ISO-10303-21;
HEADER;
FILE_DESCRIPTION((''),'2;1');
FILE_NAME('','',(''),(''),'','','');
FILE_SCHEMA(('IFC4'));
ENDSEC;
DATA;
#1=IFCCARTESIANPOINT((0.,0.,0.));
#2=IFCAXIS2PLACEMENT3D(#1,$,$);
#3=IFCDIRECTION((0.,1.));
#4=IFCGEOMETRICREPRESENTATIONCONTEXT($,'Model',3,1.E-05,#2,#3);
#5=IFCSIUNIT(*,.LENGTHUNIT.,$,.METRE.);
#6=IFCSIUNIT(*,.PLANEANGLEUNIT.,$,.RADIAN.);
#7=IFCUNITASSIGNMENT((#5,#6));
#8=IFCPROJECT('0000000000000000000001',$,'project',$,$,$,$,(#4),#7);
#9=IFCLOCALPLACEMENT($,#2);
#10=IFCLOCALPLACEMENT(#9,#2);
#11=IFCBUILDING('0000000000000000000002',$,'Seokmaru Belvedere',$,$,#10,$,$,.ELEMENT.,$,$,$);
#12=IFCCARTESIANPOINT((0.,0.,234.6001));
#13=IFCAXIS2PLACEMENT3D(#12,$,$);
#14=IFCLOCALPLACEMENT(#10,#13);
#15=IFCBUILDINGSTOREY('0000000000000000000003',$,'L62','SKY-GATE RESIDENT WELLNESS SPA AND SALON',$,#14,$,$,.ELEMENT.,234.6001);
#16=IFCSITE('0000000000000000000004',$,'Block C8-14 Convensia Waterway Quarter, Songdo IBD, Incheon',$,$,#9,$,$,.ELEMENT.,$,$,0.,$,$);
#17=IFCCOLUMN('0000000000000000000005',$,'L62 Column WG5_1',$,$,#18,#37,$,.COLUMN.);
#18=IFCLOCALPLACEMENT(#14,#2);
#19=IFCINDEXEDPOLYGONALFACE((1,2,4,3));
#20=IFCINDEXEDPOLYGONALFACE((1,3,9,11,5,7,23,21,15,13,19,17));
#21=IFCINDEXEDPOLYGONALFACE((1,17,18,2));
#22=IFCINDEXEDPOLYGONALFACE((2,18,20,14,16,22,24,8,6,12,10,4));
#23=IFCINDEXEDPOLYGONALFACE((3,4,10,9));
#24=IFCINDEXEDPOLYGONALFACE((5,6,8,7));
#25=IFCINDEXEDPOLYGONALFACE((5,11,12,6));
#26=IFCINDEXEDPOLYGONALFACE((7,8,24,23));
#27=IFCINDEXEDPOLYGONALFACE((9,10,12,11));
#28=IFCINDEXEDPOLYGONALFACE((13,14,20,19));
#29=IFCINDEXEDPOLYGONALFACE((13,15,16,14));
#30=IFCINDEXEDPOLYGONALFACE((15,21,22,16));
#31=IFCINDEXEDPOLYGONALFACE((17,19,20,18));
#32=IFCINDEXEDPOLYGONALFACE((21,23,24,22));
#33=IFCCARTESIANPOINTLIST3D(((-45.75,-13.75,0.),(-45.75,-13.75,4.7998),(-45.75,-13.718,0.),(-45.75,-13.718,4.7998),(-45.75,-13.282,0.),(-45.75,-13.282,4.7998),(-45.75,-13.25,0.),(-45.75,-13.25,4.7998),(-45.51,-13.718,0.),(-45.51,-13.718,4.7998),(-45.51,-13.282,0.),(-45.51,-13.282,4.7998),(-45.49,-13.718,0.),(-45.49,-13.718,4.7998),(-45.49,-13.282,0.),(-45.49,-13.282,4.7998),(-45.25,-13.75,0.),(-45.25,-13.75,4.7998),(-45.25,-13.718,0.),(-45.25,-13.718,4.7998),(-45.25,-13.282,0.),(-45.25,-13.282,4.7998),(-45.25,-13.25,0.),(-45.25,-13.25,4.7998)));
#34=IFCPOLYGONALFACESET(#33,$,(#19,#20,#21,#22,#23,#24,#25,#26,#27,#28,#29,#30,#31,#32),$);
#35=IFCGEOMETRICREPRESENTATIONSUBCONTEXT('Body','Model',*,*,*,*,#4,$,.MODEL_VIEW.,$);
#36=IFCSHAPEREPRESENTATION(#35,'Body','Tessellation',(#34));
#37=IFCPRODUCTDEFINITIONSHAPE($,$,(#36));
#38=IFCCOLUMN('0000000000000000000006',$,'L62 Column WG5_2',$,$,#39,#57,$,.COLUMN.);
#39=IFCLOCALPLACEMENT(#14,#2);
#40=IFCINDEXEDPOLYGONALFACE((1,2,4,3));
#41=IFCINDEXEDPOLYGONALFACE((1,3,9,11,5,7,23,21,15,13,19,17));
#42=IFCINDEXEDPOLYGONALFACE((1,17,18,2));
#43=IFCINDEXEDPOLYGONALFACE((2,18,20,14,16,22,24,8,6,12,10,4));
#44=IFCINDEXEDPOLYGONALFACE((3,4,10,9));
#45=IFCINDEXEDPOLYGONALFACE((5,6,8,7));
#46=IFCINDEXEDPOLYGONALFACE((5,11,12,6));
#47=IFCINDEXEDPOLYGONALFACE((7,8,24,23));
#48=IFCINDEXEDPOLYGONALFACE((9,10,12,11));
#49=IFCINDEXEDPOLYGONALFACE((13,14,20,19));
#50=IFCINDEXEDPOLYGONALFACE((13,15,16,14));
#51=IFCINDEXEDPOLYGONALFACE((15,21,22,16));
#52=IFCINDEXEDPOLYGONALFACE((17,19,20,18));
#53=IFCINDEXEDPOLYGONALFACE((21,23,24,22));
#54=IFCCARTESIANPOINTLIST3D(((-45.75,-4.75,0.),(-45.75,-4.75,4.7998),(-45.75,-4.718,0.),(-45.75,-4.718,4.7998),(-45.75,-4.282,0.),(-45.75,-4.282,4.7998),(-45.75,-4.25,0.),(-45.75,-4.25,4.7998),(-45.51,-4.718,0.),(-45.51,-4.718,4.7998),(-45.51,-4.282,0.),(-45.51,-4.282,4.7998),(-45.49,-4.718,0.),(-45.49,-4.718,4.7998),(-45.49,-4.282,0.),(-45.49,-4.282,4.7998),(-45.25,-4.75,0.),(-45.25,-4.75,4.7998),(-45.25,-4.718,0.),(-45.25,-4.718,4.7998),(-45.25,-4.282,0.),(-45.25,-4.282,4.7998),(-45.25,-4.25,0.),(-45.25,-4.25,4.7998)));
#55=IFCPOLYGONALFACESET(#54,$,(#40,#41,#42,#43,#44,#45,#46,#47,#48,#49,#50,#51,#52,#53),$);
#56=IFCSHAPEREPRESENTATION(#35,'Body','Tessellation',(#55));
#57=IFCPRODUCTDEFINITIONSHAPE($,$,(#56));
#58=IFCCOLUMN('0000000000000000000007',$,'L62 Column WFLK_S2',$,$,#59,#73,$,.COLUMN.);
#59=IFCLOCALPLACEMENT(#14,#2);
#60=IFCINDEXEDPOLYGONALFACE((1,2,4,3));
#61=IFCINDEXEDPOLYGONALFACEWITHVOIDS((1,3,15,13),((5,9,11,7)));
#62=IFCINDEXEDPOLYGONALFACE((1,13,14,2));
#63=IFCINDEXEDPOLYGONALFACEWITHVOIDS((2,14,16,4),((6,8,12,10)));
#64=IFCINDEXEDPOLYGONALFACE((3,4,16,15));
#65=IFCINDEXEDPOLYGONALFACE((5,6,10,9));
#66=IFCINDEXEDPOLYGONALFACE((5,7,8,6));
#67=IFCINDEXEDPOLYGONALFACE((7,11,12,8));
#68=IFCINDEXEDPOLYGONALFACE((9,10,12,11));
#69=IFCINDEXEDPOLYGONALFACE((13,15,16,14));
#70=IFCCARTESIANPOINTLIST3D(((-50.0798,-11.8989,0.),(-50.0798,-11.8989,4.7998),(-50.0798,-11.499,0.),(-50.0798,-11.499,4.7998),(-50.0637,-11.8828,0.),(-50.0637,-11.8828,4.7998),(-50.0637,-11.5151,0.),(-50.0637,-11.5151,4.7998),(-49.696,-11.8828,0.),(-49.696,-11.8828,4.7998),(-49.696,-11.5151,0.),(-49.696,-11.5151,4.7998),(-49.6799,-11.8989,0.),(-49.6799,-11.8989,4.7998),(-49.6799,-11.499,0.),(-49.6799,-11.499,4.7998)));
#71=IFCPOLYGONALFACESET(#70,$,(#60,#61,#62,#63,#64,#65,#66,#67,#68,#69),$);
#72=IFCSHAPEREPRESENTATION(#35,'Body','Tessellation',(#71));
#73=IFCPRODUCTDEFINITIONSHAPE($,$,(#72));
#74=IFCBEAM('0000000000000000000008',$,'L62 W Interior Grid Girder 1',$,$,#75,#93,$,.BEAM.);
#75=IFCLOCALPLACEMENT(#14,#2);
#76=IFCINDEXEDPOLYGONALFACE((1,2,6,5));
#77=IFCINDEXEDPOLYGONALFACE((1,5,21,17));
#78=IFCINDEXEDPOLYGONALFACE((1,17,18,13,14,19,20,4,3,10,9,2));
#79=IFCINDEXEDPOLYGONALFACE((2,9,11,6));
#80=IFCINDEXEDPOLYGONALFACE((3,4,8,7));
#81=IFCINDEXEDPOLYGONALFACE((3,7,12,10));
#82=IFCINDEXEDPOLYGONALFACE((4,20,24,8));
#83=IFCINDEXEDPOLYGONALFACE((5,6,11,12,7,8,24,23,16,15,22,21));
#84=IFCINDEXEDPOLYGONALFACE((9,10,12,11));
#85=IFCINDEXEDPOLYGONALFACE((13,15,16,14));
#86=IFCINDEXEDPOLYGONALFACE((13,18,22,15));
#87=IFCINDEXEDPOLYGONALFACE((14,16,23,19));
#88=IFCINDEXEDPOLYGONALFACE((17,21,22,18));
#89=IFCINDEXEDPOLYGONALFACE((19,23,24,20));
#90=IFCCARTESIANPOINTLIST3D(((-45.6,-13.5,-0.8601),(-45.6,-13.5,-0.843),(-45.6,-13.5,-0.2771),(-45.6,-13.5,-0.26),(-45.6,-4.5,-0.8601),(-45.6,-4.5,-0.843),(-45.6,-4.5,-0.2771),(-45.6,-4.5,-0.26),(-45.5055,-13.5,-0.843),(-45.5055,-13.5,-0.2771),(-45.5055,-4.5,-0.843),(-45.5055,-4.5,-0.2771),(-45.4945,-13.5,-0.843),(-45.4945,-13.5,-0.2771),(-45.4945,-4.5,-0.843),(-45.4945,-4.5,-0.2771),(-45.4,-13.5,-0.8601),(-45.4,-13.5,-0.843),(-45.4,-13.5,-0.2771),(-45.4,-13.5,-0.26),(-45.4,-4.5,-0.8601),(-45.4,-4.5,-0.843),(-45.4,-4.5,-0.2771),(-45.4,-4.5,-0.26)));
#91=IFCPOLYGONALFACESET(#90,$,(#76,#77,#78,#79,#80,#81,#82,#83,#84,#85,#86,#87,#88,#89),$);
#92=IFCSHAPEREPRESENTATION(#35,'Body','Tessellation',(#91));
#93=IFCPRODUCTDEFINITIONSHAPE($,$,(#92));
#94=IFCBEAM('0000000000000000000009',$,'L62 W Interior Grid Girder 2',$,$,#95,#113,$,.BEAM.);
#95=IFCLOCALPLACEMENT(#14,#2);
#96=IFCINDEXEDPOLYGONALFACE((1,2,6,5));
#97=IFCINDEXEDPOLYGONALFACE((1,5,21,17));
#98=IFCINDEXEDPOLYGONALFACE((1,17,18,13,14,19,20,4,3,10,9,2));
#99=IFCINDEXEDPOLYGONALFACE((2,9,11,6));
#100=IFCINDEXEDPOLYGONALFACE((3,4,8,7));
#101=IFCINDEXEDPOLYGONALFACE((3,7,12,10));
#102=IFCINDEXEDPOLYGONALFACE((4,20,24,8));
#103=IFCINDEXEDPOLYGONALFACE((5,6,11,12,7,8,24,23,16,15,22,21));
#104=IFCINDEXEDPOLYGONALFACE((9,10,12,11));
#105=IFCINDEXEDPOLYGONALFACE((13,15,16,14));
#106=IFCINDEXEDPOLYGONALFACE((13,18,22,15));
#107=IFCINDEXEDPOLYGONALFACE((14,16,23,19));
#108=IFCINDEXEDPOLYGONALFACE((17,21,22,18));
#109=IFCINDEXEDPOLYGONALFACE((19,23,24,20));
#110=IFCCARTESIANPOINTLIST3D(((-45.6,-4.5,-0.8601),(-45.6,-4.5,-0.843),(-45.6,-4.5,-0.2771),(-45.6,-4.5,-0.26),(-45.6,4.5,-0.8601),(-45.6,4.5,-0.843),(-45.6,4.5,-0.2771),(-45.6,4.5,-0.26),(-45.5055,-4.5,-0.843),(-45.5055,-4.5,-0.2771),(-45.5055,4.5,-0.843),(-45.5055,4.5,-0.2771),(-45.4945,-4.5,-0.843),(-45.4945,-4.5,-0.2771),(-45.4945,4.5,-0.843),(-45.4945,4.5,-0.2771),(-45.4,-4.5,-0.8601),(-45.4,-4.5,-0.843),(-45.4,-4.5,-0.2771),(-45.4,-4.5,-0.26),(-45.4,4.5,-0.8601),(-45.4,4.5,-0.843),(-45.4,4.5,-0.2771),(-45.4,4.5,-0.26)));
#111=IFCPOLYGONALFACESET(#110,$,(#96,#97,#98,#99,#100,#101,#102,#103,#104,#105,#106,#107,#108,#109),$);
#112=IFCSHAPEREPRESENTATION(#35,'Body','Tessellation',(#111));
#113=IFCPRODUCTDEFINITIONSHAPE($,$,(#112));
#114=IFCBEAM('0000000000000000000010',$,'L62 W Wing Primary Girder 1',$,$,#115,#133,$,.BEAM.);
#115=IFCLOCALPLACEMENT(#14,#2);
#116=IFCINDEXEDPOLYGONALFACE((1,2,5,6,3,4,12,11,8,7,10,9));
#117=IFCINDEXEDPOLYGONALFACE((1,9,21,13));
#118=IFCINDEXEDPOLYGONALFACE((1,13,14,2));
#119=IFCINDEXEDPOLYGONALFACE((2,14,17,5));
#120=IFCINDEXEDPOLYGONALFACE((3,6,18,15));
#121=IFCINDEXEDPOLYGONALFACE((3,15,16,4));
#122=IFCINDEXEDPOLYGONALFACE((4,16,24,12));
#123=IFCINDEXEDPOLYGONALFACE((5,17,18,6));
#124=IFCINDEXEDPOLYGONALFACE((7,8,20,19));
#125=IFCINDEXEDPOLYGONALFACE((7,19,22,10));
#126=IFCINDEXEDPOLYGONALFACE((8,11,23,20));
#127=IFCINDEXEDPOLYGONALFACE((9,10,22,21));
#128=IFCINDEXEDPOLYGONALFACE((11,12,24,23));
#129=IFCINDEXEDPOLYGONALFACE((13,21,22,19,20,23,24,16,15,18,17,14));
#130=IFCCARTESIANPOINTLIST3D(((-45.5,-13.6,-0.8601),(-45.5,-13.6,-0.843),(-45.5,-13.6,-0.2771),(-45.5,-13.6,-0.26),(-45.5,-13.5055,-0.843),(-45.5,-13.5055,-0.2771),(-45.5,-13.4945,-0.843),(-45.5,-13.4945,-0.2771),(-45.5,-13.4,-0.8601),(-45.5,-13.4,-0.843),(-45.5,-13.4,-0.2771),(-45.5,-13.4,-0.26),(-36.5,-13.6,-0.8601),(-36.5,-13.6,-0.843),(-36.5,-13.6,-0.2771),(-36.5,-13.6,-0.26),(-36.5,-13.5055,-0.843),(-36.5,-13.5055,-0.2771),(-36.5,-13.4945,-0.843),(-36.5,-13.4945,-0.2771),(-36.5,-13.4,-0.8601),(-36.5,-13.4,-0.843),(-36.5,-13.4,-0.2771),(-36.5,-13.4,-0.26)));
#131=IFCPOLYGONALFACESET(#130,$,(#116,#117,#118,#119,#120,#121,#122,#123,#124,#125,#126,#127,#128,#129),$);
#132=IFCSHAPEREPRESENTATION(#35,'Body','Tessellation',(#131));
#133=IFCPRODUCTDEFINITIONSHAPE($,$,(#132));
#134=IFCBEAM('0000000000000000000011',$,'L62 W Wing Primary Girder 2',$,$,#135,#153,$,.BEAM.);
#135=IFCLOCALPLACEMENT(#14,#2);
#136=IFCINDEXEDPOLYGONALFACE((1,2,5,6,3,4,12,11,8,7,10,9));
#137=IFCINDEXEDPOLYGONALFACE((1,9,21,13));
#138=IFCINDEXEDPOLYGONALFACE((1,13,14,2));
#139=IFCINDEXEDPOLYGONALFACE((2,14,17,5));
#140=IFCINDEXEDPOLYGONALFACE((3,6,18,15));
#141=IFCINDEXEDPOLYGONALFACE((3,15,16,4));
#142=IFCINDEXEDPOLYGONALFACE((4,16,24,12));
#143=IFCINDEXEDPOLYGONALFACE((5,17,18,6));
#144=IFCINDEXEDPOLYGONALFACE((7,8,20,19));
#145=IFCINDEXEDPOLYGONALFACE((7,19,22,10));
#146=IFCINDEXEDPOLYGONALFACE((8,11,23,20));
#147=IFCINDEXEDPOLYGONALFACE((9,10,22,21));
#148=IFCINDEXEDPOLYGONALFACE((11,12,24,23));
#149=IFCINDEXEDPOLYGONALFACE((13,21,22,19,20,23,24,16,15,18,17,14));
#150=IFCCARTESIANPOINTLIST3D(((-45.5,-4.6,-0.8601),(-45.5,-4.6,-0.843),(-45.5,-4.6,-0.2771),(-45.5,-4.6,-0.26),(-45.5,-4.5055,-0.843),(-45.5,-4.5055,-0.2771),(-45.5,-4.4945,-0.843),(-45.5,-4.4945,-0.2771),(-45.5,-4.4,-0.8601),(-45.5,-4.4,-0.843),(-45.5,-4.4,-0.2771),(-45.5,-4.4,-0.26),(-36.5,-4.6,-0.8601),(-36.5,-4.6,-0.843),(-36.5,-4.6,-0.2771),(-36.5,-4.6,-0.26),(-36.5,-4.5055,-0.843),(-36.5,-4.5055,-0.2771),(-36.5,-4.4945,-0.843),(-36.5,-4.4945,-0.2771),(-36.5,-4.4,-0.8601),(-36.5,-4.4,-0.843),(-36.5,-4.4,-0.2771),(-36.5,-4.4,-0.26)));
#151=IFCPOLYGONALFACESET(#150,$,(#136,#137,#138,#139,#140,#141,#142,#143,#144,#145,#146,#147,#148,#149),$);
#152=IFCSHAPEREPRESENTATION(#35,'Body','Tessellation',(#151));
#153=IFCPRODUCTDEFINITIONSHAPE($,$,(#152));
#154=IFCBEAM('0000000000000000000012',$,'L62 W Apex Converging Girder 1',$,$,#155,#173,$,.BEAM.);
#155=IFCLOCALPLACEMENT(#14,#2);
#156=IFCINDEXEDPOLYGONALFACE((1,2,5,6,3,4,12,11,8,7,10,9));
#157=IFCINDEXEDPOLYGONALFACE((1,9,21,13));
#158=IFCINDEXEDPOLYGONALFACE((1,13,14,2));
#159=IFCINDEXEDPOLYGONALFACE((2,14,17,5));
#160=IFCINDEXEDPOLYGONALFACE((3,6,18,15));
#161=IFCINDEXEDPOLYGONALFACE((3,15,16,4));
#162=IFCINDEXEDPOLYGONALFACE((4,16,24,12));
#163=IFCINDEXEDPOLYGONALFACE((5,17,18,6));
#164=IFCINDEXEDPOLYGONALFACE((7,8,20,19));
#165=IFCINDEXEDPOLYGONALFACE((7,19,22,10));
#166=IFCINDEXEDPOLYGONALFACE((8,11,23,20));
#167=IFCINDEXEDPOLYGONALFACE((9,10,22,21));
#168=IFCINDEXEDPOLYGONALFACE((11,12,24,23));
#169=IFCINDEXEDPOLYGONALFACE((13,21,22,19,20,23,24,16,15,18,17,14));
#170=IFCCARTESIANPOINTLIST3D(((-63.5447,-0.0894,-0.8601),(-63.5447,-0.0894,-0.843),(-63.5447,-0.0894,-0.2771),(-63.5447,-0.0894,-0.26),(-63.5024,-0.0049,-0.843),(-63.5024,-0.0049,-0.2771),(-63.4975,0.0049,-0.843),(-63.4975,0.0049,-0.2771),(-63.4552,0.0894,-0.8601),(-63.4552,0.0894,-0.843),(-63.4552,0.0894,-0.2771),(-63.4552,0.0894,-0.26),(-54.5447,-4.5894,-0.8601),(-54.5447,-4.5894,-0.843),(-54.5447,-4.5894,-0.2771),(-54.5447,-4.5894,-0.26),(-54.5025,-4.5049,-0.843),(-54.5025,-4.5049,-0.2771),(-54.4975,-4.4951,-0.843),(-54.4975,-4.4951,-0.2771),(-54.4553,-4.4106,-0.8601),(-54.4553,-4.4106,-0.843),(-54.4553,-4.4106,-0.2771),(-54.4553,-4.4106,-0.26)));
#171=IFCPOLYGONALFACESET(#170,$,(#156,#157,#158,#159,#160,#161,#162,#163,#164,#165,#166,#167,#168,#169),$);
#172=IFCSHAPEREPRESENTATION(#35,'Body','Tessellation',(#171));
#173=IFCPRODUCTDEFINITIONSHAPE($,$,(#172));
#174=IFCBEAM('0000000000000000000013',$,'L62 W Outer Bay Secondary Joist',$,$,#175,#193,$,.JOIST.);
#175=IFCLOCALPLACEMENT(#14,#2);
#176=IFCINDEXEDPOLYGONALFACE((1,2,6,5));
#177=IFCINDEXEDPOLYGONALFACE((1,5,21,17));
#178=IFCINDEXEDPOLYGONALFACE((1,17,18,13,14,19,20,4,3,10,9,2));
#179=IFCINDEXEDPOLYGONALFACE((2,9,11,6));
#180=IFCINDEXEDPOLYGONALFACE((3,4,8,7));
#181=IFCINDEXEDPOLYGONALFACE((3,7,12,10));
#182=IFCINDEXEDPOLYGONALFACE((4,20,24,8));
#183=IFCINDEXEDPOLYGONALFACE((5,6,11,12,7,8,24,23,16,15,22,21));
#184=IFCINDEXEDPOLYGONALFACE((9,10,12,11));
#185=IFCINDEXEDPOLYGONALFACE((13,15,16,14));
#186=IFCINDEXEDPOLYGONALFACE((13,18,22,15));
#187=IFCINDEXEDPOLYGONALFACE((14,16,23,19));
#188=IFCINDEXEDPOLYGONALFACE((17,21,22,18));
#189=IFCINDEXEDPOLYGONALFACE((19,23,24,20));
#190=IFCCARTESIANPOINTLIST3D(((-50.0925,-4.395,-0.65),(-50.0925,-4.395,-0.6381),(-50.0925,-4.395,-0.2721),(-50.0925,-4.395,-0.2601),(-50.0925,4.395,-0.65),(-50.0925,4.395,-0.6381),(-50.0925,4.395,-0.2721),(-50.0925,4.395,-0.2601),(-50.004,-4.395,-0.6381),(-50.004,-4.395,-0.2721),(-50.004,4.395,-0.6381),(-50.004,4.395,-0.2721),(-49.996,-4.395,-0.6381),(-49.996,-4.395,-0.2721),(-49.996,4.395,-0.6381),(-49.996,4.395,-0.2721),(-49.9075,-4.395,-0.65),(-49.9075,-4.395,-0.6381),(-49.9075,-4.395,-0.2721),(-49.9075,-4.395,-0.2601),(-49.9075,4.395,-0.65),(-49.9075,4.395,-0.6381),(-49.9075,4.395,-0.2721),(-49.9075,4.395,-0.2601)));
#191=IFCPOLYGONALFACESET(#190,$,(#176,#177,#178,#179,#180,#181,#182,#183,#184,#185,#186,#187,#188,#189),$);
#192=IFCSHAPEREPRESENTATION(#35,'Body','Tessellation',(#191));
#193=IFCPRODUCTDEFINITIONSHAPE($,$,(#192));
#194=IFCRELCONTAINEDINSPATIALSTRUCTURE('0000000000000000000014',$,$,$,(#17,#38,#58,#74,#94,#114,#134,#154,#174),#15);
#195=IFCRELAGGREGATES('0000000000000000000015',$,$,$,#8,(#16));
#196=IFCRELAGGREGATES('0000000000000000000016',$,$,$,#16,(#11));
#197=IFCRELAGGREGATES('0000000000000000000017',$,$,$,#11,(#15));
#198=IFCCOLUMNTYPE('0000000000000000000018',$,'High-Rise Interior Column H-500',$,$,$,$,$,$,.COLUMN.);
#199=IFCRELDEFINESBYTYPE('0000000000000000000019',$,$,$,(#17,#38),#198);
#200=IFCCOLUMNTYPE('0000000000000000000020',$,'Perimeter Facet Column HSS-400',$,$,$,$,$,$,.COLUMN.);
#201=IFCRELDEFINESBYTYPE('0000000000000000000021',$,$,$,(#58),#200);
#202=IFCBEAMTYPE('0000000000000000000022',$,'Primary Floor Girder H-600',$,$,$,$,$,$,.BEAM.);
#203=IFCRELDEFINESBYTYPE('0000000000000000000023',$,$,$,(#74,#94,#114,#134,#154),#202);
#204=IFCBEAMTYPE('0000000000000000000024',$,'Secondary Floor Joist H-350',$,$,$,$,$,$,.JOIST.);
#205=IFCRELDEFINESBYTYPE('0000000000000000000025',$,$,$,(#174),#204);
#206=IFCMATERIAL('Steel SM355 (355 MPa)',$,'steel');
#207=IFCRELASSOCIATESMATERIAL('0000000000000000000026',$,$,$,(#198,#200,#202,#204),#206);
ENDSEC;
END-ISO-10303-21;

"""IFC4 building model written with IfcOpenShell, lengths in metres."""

from ifc_helpers import new_model, si_unit, direction, frame, origin, origin_2d, place, context, subcontext, project, spatial, hollow_rectangle, i_section, extrude, source, transform, mapped, material, material_profile, profile_set, type_object, type_shapes, element, save


model = new_model("IFC4")

# Units and contexts
model_context = context("Model", 3, precision=1e-05, world=origin(), true_north=direction((0.0, 1.0)))
body_context = subcontext(model_context, "Body", "Model", "MODEL_VIEW")
ifc_project = project(units=[si_unit("LENGTHUNIT", "METRE"), si_unit("PLANEANGLEUNIT", "RADIAN")], contexts=[model_context])

# Site, building, storey
site_placement = place(None, origin())
site = spatial("IfcSite", under=ifc_project, at=site_placement, Name="Block C8-14 Convensia Waterway Quarter, Songdo IBD, Incheon", CompositionType="ELEMENT", RefElevation=0.0)
building_placement = place(site_placement, origin())
building = spatial("IfcBuilding", under=site, at=building_placement, Name="Seokmaru Belvedere", CompositionType="ELEMENT")
storey_placement = place(building_placement, frame((0.0, 0.0, 234.6001)))
storey = spatial("IfcBuildingStorey", under=building, at=storey_placement, Name="L62", Description="SKY-GATE RESIDENT WELLNESS SPA AND SALON", CompositionType="ELEMENT", Elevation=234.6001)

# Columns
ifc_material_1 = material(Name="Steel SM355 (355 MPa)", Category="steel")
ifc_material_profile_1 = material_profile(ifc_material_1, i_section(OverallWidth=0.5, OverallDepth=0.5, WebThickness=0.02, FlangeThickness=0.032, at=origin_2d()), Name="H-500x500x20x32")
ifc_profile_set_1 = profile_set([ifc_material_profile_1], Name="Steel SM355 (355 MPa)")
column_type_1 = type_object("IfcColumnType", Name="High-Rise Interior Column H-500", PredefinedType="COLUMN", material=ifc_profile_set_1)
shared_shape_1 = source(origin(), body_context, "Body", "SweptSolid", [
    extrude(i_section(OverallWidth=0.5, OverallDepth=0.5, WebThickness=0.02, FlangeThickness=0.032, at=origin_2d()), origin(), (0.0, 0.0, 1.0), 4.7998),
])
type_shapes(column_type_1, [shared_shape_1])
for number, where, z_axis, x_axis, name in (
    (1, (-45.5, -13.5, 0.0), (0.0, 0.0, 1.0), (1.0, 0.0, 0.0), "L62 Column WG5_1"),
    (2, (-45.5, -4.5, 0.0), (0.0, 0.0, 1.0), (1.0, 0.0, 0.0), "L62 Column WG5_2"),
):
    element("IfcColumn", number, at=place(storey_placement, frame(where, z_axis=z_axis, x_axis=x_axis)), inside=storey, type_object=column_type_1, Name=name, PredefinedType="COLUMN", context=body_context, shape_type="MappedRepresentation", body=[
        mapped(shared_shape_1, transform((0.0, 0.0, 0.0), scale=1.0)),
    ])
ifc_material_profile_2 = material_profile(ifc_material_1, hollow_rectangle(XDim=0.3999, YDim=0.3999, WallThickness=0.0161, at=origin_2d()), Name="HSS-400x400x16")
ifc_profile_set_2 = profile_set([ifc_material_profile_2], Name="Steel SM355 (355 MPa)")
column_type_2 = type_object("IfcColumnType", Name="Perimeter Facet Column HSS-400", PredefinedType="COLUMN", material=ifc_profile_set_2)
shared_shape_2 = source(origin(), body_context, "Body", "SweptSolid", [
    extrude(hollow_rectangle(XDim=0.3999, YDim=0.3999, WallThickness=0.0161, at=origin_2d()), origin(), (0.0, 0.0, 1.0), 4.7998),
])
type_shapes(column_type_2, [shared_shape_2])
column_placement = place(storey_placement, frame((-49.8799, -11.699, 0.0), z_axis=(0.0, 0.0, 1.0), x_axis=(1.0, 0.0, 0.0)))
element("IfcColumn", 3, at=column_placement, inside=storey, type_object=column_type_2, Name="L62 Column WFLK_S2", PredefinedType="COLUMN", context=body_context, shape_type="MappedRepresentation", body=[
    mapped(shared_shape_2, transform((0.0, 0.0, 0.0), scale=1.0)),
])

# Beams
ifc_material_profile_3 = material_profile(ifc_material_1, i_section(OverallWidth=0.2, OverallDepth=0.6001, WebThickness=0.011, FlangeThickness=0.0171, at=origin_2d()), Name="H-600x200x11x17")
ifc_profile_set_3 = profile_set([ifc_material_profile_3], Name="Steel SM355 (355 MPa)")
beam_type_1 = type_object("IfcBeamType", Name="Primary Floor Girder H-600", PredefinedType="BEAM", material=ifc_profile_set_3)
shared_shape_3 = source(origin(), body_context, "Body", "SweptSolid", [
    extrude(i_section(OverallWidth=0.2, OverallDepth=0.6001, WebThickness=0.011, FlangeThickness=0.0171, at=origin_2d()), origin(), (0.0, 0.0, 1.0), 9.0),
])
for number, where, z_axis, x_axis, name in (
    (4, (-45.5, -13.5, -0.5601), (0.0, 1.0, 0.0), (-1.0, 0.0, 0.0), "L62 W Interior Grid Girder 1"),
    (5, (-45.5, -4.5, -0.5601), (0.0, 1.0, 0.0), (-1.0, 0.0, 0.0), "L62 W Interior Grid Girder 2"),
    (6, (-45.5, -13.5, -0.5601), (1.0, 0.0, 0.0), (0.0, 1.0, 0.0), "L62 W Wing Primary Girder 1"),
    (7, (-45.5, -4.5, -0.5601), (1.0, 0.0, 0.0), (0.0, 1.0, 0.0), "L62 W Wing Primary Girder 2"),
):
    element("IfcBeam", number, at=place(storey_placement, frame(where, z_axis=z_axis, x_axis=x_axis)), inside=storey, type_object=beam_type_1, Name=name, PredefinedType="BEAM", context=body_context, shape_type="MappedRepresentation", body=[
        mapped(shared_shape_3, transform((0.0, 0.0, 0.0), scale=1.0)),
    ])
shared_shape_4 = source(origin(), body_context, "Body", "SweptSolid", [
    extrude(i_section(OverallWidth=0.2, OverallDepth=0.6001, WebThickness=0.011, FlangeThickness=0.0171, at=origin_2d()), origin(), (0.0, 0.0, 1.0), 10.0623),
])
beam_1_placement = place(storey_placement, frame((-54.5, -4.5, -0.5601), z_axis=(-0.894427, 0.447214, 0.0), x_axis=(-0.447214, -0.894427, 0.0)))
element("IfcBeam", 8, at=beam_1_placement, inside=storey, type_object=beam_type_1, Name="L62 W Apex Converging Girder 1", PredefinedType="BEAM", context=body_context, shape_type="MappedRepresentation", body=[
    mapped(shared_shape_4, transform((0.0, 0.0, 0.0), scale=1.0)),
])
ifc_material_profile_4 = material_profile(ifc_material_1, i_section(OverallWidth=0.1851, OverallDepth=0.3899, WebThickness=0.0081, FlangeThickness=0.012, at=origin_2d()), Name="H-390x185x8x12")
ifc_profile_set_4 = profile_set([ifc_material_profile_4], Name="Steel SM355 (355 MPa)")
beam_type_2 = type_object("IfcBeamType", Name="Secondary Floor Joist H-350", PredefinedType="JOIST", material=ifc_profile_set_4)
shared_shape_5 = source(origin(), body_context, "Body", "SweptSolid", [
    extrude(i_section(OverallWidth=0.1851, OverallDepth=0.3899, WebThickness=0.0081, FlangeThickness=0.012, at=origin_2d()), origin(), (0.0, 0.0, 1.0), 8.79),
])
type_shapes(beam_type_2, [shared_shape_5])
beam_2_placement = place(storey_placement, frame((-50.0, -4.395, -0.4551), z_axis=(0.0, 1.0, 0.0), x_axis=(-1.0, 0.0, 0.0)))
element("IfcBeam", 9, at=beam_2_placement, inside=storey, type_object=beam_type_2, Name="L62 W Outer Bay Secondary Joist", PredefinedType="JOIST", context=body_context, shape_type="MappedRepresentation", body=[
    mapped(shared_shape_5, transform((0.0, 0.0, 0.0), scale=1.0)),
])

save(model, "model.ifc")
